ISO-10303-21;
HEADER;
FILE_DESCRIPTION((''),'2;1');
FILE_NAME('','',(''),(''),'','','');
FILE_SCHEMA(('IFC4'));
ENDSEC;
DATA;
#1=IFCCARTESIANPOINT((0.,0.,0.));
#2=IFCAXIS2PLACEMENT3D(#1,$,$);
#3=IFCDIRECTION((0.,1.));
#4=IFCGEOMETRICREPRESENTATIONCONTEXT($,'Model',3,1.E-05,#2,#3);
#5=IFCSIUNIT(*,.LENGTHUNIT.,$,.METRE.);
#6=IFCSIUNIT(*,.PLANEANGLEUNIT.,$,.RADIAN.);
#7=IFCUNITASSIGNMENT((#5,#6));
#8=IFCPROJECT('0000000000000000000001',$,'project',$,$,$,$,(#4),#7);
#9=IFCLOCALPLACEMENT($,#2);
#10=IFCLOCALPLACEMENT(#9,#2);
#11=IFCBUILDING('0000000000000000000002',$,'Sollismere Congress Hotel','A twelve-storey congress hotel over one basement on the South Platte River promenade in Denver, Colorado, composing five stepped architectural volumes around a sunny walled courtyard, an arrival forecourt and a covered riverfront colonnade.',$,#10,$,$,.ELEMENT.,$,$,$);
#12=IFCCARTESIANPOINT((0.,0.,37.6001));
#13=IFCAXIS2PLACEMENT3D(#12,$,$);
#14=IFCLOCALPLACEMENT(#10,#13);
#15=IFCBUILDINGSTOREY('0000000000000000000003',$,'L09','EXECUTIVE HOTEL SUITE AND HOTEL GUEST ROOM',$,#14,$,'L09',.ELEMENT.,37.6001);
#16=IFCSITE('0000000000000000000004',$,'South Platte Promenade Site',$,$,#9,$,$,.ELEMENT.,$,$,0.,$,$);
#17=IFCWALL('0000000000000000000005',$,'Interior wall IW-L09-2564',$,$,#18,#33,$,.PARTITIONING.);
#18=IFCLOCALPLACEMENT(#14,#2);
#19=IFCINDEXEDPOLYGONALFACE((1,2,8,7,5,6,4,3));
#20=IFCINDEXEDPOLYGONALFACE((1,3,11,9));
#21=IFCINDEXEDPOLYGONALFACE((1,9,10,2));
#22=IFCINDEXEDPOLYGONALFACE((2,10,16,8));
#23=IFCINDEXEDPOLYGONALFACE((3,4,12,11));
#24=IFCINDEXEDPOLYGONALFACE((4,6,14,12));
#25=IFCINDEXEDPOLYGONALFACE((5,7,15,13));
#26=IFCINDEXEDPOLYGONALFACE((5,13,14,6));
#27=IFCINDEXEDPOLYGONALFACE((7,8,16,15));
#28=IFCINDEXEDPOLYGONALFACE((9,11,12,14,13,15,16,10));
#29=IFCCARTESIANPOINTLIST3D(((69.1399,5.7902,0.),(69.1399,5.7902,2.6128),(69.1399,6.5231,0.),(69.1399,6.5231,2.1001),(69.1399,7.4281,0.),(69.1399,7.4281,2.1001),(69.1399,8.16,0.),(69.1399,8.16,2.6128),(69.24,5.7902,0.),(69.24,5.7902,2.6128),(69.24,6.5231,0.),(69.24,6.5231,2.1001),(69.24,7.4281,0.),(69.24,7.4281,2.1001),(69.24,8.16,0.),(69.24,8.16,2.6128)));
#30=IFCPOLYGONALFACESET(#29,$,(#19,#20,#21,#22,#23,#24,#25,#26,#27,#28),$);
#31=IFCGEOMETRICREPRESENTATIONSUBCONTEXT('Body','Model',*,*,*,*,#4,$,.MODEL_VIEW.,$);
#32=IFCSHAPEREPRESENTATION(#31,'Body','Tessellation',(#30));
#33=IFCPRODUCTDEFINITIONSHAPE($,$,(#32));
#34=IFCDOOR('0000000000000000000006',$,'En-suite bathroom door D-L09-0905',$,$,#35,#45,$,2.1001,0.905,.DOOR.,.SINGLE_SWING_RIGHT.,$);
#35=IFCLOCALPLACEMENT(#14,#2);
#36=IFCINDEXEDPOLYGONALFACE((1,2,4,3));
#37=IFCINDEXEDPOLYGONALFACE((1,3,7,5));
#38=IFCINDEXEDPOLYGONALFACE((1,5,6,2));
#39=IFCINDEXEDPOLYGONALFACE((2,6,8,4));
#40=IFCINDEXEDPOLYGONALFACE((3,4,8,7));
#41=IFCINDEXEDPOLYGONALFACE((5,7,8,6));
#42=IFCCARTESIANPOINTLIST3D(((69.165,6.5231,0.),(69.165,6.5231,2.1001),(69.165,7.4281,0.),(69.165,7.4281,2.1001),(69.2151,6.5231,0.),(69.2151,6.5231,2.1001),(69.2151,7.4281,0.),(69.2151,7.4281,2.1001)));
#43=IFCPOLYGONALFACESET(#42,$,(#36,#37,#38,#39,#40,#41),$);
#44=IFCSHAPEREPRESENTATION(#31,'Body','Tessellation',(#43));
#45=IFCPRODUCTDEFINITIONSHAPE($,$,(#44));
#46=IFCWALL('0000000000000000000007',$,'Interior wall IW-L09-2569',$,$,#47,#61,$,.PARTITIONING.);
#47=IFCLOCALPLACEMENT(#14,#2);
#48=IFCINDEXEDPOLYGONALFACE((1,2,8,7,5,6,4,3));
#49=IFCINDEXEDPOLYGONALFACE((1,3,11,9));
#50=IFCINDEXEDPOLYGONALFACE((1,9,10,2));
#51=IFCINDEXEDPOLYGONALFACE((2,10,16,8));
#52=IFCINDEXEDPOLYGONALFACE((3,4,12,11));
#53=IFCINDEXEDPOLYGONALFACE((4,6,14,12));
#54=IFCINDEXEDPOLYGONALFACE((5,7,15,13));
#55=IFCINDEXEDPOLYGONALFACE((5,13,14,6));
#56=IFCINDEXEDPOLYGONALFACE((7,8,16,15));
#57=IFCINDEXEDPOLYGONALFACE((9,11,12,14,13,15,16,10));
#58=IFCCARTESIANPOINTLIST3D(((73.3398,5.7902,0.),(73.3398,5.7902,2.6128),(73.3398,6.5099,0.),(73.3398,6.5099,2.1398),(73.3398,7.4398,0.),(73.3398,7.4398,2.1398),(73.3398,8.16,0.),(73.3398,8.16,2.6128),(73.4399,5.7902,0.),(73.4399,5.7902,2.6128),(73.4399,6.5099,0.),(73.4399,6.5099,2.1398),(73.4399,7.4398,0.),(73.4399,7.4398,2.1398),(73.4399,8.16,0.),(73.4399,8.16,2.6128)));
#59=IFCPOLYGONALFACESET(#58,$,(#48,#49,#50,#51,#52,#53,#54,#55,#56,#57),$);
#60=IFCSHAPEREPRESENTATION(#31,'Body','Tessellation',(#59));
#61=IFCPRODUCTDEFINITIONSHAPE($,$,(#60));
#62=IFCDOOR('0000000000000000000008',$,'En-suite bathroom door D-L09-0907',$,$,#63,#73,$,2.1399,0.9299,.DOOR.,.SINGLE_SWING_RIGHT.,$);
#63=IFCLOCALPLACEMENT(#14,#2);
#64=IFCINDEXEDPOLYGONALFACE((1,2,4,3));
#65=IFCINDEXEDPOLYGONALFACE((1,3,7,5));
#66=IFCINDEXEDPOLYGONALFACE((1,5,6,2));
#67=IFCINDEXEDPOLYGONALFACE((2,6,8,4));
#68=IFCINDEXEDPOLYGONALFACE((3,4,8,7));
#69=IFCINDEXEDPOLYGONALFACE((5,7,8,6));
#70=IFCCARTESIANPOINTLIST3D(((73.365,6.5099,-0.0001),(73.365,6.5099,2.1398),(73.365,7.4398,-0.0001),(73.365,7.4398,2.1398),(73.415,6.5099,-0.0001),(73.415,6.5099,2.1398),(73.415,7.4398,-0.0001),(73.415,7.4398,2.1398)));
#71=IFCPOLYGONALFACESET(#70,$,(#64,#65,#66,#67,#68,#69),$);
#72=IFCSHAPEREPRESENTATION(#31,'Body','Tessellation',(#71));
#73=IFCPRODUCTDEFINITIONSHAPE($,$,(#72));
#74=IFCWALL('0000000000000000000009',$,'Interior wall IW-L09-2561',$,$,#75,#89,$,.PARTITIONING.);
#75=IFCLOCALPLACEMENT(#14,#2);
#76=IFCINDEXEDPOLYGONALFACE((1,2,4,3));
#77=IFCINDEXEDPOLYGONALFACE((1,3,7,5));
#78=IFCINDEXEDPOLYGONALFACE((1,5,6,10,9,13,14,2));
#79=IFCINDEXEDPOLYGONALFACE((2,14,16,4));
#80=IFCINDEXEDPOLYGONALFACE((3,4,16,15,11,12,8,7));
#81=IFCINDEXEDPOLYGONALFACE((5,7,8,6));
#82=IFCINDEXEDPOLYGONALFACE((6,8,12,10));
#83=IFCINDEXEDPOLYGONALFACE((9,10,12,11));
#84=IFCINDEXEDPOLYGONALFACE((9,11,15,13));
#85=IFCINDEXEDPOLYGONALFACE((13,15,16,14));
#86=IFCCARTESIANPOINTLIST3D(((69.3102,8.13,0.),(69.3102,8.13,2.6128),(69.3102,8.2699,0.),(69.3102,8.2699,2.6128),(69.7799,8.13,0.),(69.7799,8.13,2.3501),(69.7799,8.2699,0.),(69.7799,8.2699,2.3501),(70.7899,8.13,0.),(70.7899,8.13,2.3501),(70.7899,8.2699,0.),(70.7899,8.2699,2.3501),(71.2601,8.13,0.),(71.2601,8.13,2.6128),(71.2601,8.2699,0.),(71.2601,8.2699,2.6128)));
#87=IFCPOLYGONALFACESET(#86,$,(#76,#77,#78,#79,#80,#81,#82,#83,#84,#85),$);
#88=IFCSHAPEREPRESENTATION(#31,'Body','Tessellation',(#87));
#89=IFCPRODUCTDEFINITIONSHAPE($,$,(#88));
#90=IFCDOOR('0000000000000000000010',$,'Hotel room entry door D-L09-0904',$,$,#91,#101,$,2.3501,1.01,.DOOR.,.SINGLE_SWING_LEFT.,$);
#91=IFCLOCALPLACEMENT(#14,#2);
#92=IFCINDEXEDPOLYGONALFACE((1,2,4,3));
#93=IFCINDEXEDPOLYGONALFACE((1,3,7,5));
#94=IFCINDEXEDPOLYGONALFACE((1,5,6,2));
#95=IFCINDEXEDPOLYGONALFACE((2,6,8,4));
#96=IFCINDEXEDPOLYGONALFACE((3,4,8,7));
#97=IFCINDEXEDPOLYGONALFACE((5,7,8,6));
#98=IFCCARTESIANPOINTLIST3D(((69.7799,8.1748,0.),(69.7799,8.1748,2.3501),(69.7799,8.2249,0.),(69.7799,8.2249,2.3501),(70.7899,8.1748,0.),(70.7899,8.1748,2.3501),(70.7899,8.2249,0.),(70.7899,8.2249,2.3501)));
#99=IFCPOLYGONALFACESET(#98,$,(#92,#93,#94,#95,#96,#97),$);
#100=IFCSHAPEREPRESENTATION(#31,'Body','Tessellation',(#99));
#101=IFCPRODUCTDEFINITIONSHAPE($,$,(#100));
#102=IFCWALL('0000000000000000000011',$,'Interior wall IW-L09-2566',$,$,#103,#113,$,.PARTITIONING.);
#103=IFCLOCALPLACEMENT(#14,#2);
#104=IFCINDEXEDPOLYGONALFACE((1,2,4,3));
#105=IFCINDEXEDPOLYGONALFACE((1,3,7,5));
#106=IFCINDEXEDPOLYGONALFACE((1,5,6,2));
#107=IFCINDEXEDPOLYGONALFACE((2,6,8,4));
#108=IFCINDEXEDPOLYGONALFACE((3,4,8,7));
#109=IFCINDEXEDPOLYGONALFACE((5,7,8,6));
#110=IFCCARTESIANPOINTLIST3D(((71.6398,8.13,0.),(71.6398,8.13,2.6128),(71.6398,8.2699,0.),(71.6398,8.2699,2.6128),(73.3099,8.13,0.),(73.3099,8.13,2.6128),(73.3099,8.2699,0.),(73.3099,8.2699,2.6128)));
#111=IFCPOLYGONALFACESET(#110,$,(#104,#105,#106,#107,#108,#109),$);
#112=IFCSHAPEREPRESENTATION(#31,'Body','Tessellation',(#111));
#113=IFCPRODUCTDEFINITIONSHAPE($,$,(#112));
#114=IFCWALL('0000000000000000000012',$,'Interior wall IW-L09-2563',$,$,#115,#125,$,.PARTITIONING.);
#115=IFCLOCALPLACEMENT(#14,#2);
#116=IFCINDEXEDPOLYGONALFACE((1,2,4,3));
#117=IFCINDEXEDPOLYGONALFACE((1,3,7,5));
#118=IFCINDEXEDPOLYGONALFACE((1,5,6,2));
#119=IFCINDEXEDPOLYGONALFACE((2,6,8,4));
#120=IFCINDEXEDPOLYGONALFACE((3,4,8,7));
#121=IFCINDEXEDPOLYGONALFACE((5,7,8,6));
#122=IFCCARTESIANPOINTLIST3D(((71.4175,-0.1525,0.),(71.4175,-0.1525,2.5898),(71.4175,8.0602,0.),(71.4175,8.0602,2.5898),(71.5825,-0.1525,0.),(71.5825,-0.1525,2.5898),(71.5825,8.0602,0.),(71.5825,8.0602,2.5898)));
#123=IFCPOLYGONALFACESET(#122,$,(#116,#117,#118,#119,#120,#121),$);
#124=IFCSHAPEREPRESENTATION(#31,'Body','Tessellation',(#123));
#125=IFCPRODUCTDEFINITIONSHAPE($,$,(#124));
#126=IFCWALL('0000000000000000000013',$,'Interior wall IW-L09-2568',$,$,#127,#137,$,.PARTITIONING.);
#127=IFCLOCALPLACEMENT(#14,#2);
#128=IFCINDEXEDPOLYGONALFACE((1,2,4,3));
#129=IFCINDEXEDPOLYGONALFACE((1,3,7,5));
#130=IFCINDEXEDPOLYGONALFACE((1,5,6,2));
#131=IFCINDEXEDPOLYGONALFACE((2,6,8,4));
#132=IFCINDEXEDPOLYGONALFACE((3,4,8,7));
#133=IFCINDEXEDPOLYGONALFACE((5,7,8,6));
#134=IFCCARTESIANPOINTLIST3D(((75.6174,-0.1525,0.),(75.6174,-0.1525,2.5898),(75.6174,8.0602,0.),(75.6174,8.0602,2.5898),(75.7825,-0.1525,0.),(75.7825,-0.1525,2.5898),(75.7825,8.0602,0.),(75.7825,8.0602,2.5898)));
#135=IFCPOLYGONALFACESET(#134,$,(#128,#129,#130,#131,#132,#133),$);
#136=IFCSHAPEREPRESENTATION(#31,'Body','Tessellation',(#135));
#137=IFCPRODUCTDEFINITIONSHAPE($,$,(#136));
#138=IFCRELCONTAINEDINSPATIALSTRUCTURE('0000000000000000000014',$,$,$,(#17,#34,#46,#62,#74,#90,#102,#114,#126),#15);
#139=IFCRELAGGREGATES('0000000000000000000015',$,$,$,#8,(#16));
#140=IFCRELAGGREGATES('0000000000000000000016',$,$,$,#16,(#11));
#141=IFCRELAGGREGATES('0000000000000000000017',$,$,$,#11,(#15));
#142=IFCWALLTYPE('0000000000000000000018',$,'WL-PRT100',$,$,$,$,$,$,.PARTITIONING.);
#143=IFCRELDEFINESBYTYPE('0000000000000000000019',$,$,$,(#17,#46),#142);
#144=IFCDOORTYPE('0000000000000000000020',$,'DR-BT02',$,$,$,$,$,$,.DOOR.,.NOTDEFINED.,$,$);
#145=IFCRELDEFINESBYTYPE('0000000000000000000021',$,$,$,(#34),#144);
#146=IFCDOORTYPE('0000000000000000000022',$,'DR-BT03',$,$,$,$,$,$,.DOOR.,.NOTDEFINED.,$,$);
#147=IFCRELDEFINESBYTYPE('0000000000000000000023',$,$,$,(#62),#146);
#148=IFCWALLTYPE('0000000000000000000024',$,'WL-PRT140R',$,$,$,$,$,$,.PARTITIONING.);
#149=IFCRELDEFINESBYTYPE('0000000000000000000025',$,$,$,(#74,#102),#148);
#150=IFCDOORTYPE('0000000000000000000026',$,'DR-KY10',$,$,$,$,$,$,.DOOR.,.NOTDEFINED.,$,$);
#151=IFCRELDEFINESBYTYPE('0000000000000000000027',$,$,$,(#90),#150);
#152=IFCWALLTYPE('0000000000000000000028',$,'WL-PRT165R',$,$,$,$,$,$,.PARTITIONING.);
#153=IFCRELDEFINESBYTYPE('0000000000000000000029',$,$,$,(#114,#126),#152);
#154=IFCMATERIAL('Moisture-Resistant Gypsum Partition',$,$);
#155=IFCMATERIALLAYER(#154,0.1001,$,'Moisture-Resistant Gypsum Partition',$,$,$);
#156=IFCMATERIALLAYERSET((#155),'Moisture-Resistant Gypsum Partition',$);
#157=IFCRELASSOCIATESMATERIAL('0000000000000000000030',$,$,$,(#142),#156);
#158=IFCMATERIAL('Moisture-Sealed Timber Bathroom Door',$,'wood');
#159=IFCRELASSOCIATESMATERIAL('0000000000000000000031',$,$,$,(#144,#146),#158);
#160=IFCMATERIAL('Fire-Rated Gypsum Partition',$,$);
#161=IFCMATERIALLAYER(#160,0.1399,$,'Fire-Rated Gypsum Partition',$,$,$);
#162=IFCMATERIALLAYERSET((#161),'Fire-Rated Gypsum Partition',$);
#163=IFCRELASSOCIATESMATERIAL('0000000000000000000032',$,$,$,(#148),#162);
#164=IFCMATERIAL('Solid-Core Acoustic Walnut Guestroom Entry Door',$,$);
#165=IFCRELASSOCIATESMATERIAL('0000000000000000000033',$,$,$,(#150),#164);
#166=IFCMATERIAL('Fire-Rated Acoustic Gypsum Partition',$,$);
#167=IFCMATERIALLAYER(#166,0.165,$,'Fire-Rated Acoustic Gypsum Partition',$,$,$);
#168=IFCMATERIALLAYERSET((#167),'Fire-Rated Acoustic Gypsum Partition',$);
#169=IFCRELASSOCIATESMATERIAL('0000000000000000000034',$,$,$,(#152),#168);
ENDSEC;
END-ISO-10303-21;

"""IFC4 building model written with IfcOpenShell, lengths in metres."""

from ifc_helpers import new_model, si_unit, direction, frame, frame_2d, origin, place, context, subcontext, project, spatial, rectangle, extrude, material, layer, layer_set, type_object, element, fill, save


model = new_model("IFC4")

# Units and contexts
model_context = context("Model", 3, precision=1e-05, world=origin(), true_north=direction((0.0, 1.0)))
body_context = subcontext(model_context, "Body", "Model", "MODEL_VIEW")
ifc_project = project(units=[si_unit("LENGTHUNIT", "METRE"), si_unit("PLANEANGLEUNIT", "RADIAN")], contexts=[model_context])

# Site, building, storey
site_placement = place(None, origin())
site = spatial("IfcSite", under=ifc_project, at=site_placement, Name="South Platte Promenade Site", CompositionType="ELEMENT", RefElevation=0.0)
building_placement = place(site_placement, origin())
building = spatial("IfcBuilding", under=site, at=building_placement, Name="Sollismere Congress Hotel", Description="A twelve-storey congress hotel over one basement on the South Platte River promenade in Denver, Colorado, composing five stepped architectural volumes around a sunny walled courtyard, an arrival forecourt and a covered riverfront colonnade.", CompositionType="ELEMENT")
storey_placement = place(building_placement, frame((0.0, 0.0, 37.6001)))
storey = spatial("IfcBuildingStorey", under=building, at=storey_placement, Name="L09", Description="EXECUTIVE HOTEL SUITE AND HOTEL GUEST ROOM", LongName="L09", CompositionType="ELEMENT", Elevation=37.6001)

# Walls, openings, doors
ifc_material_1 = material(Name="Moisture-Resistant Gypsum Partition")
ifc_layer_1 = layer(ifc_material_1, 0.1001, Name="Moisture-Resistant Gypsum Partition")
ifc_layer_set_1 = layer_set([ifc_layer_1], Name="Moisture-Resistant Gypsum Partition")
wall_type_1 = type_object("IfcWallType", Name="WL-PRT100", PredefinedType="PARTITIONING", material=ifc_layer_set_1)
wall_1_placement = place(storey_placement, frame((69.1899, 5.79, 0.0), z_axis=(0.0, 0.0, 1.0), x_axis=(0.0, 1.0, 0.0)))
wall_1 = element("IfcWall", 1, at=wall_1_placement, inside=storey, type_object=wall_type_1, Name="Interior wall IW-L09-2564", PredefinedType="PARTITIONING", context=body_context, shape_type="SweptSolid", body=[
    extrude(rectangle(XDim=2.3699, YDim=0.1001, at=frame_2d((1.1851, 0.0))), origin(), (0.0, 0.0, 1.0), 2.6128),
])
opening_1_placement = place(wall_1_placement, frame((0.7329, 0.0, 0.0)))
opening_1 = element("IfcOpeningElement", 2, at=opening_1_placement, cuts=wall_1, PredefinedType="OPENING", context=body_context, shape_type="SweptSolid", body=[
    extrude(rectangle(XDim=0.905, YDim=2.1001, at=frame_2d((0.4526, 1.05))), frame((0.0, 0.0601, 0.0), z_axis=(0.0, -1.0, 0.0), x_axis=(1.0, 0.0, 0.0)), (0.0, 0.0, 1.0), 0.1201),
])
ifc_material_2 = material(Name="Moisture-Sealed Timber Bathroom Door", Category="wood")
door_type_1 = type_object("IfcDoorType", Name="DR-BT02", OperationType="NOTDEFINED", PredefinedType="DOOR", material=ifc_material_2)
door_1_placement = place(opening_1_placement, origin())
door_1 = element("IfcDoor", 3, at=door_1_placement, inside=storey, type_object=door_type_1, Name="En-suite bathroom door D-L09-0905", OperationType="SINGLE_SWING_RIGHT", OverallHeight=2.1001, OverallWidth=0.905, PredefinedType="DOOR", context=body_context, shape_type="SweptSolid", body=[
    extrude(rectangle(XDim=0.905, YDim=2.1001, at=frame_2d((0.4526, 1.05))), frame((0.0, 0.0249, 0.0), z_axis=(0.0, -1.0, 0.0), x_axis=(1.0, 0.0, 0.0)), (0.0, 0.0, 1.0), 0.05),
])
fill(opening_1, door_1)
wall_2_placement = place(storey_placement, frame((73.3899, 5.79, 0.0), z_axis=(0.0, 0.0, 1.0), x_axis=(0.0, 1.0, 0.0)))
wall_2 = element("IfcWall", 4, at=wall_2_placement, inside=storey, type_object=wall_type_1, Name="Interior wall IW-L09-2569", PredefinedType="PARTITIONING", context=body_context, shape_type="SweptSolid", body=[
    extrude(rectangle(XDim=2.3699, YDim=0.1001, at=frame_2d((1.1851, 0.0))), origin(), (0.0, 0.0, 1.0), 2.6128),
])
opening_2_placement = place(wall_2_placement, frame((0.72, 0.0, 0.0)))
opening_2 = element("IfcOpeningElement", 5, at=opening_2_placement, cuts=wall_2, PredefinedType="OPENING", context=body_context, shape_type="SweptSolid", body=[
    extrude(rectangle(XDim=0.9299, YDim=2.1399, at=frame_2d((0.4648, 1.0698))), frame((0.0, 0.0601, 0.0), z_axis=(0.0, -1.0, 0.0), x_axis=(1.0, 0.0, 0.0)), (0.0, 0.0, 1.0), 0.1201),
])
door_type_2 = type_object("IfcDoorType", Name="DR-BT03", OperationType="NOTDEFINED", PredefinedType="DOOR", material=ifc_material_2)
door_2_placement = place(opening_2_placement, origin())
door_2 = element("IfcDoor", 6, at=door_2_placement, inside=storey, type_object=door_type_2, Name="En-suite bathroom door D-L09-0907", OperationType="SINGLE_SWING_RIGHT", OverallHeight=2.1399, OverallWidth=0.9299, PredefinedType="DOOR", context=body_context, shape_type="SweptSolid", body=[
    extrude(rectangle(XDim=0.9299, YDim=2.1399, at=frame_2d((0.4648, 1.0698))), frame((0.0, 0.0249, 0.0), z_axis=(0.0, -1.0, 0.0), x_axis=(1.0, 0.0, 0.0)), (0.0, 0.0, 1.0), 0.05),
])
fill(opening_2, door_2)
ifc_material_3 = material(Name="Fire-Rated Gypsum Partition")
ifc_layer_2 = layer(ifc_material_3, 0.1399, Name="Fire-Rated Gypsum Partition")
ifc_layer_set_2 = layer_set([ifc_layer_2], Name="Fire-Rated Gypsum Partition")
wall_type_2 = type_object("IfcWallType", Name="WL-PRT140R", PredefinedType="PARTITIONING", material=ifc_layer_set_2)
wall_3_placement = place(storey_placement, frame((69.3101, 8.2, 0.0), z_axis=(0.0, 0.0, 1.0), x_axis=(1.0, 0.0, 0.0)))
wall_3 = element("IfcWall", 7, at=wall_3_placement, inside=storey, type_object=wall_type_2, Name="Interior wall IW-L09-2561", PredefinedType="PARTITIONING", context=body_context, shape_type="SweptSolid", body=[
    extrude(rectangle(XDim=1.95, YDim=0.1399, at=frame_2d((0.9751, 0.0))), origin(), (0.0, 0.0, 1.0), 2.6128),
])
opening_3_placement = place(wall_3_placement, frame((0.47, 0.0, 0.0)))
opening_3 = element("IfcOpeningElement", 8, at=opening_3_placement, cuts=wall_3, PredefinedType="OPENING", context=body_context, shape_type="SweptSolid", body=[
    extrude(rectangle(XDim=1.01, YDim=2.3501, at=frame_2d((0.5049, 1.175))), frame((0.0, 0.0798, 0.0), z_axis=(0.0, -1.0, 0.0), x_axis=(1.0, 0.0, 0.0)), (0.0, 0.0, 1.0), 0.1599),
])
ifc_material_4 = material(Name="Solid-Core Acoustic Walnut Guestroom Entry Door")
door_type_3 = type_object("IfcDoorType", Name="DR-KY10", OperationType="NOTDEFINED", PredefinedType="DOOR", material=ifc_material_4)
door_3_placement = place(opening_3_placement, origin())
door_3 = element("IfcDoor", 9, at=door_3_placement, inside=storey, type_object=door_type_3, Name="Hotel room entry door D-L09-0904", OperationType="SINGLE_SWING_LEFT", OverallHeight=2.3501, OverallWidth=1.01, PredefinedType="DOOR", context=body_context, shape_type="SweptSolid", body=[
    extrude(rectangle(XDim=1.01, YDim=2.3501, at=frame_2d((0.5049, 1.175))), frame((0.0, 0.0249, 0.0), z_axis=(0.0, -1.0, 0.0), x_axis=(1.0, 0.0, 0.0)), (0.0, 0.0, 1.0), 0.05),
])
fill(opening_3, door_3)

# Walls
wall_4_placement = place(storey_placement, frame((71.6399, 8.2, 0.0), z_axis=(0.0, 0.0, 1.0), x_axis=(1.0, 0.0, 0.0)))
element("IfcWall", 10, at=wall_4_placement, inside=storey, type_object=wall_type_2, Name="Interior wall IW-L09-2566", PredefinedType="PARTITIONING", context=body_context, shape_type="SweptSolid", body=[
    extrude(rectangle(XDim=1.6702, YDim=0.1399, at=frame_2d((0.835, 0.0))), origin(), (0.0, 0.0, 1.0), 2.6128),
])
ifc_material_5 = material(Name="Fire-Rated Acoustic Gypsum Partition")
ifc_layer_3 = layer(ifc_material_5, 0.165, Name="Fire-Rated Acoustic Gypsum Partition")
ifc_layer_set_3 = layer_set([ifc_layer_3], Name="Fire-Rated Acoustic Gypsum Partition")
wall_type_3 = type_object("IfcWallType", Name="WL-PRT165R", PredefinedType="PARTITIONING", material=ifc_layer_set_3)
for number, where, z_axis, x_axis, name in (
    (11, (71.5, -0.1526, 0.0), (0.0, 0.0, 1.0), (0.0, 1.0, 0.0), "Interior wall IW-L09-2563"),
    (12, (75.7, -0.1526, 0.0), (0.0, 0.0, 1.0), (0.0, 1.0, 0.0), "Interior wall IW-L09-2568"),
):
    element("IfcWall", number, at=place(storey_placement, frame(where, z_axis=z_axis, x_axis=x_axis)), inside=storey, type_object=wall_type_3, Name=name, PredefinedType="PARTITIONING", context=body_context, shape_type="SweptSolid", body=[
        extrude(rectangle(XDim=8.2126, YDim=0.165, at=frame_2d((4.1064, 0.0))), origin(), (0.0, 0.0, 1.0), 2.5898),
    ])

save(model, "model.ifc")
